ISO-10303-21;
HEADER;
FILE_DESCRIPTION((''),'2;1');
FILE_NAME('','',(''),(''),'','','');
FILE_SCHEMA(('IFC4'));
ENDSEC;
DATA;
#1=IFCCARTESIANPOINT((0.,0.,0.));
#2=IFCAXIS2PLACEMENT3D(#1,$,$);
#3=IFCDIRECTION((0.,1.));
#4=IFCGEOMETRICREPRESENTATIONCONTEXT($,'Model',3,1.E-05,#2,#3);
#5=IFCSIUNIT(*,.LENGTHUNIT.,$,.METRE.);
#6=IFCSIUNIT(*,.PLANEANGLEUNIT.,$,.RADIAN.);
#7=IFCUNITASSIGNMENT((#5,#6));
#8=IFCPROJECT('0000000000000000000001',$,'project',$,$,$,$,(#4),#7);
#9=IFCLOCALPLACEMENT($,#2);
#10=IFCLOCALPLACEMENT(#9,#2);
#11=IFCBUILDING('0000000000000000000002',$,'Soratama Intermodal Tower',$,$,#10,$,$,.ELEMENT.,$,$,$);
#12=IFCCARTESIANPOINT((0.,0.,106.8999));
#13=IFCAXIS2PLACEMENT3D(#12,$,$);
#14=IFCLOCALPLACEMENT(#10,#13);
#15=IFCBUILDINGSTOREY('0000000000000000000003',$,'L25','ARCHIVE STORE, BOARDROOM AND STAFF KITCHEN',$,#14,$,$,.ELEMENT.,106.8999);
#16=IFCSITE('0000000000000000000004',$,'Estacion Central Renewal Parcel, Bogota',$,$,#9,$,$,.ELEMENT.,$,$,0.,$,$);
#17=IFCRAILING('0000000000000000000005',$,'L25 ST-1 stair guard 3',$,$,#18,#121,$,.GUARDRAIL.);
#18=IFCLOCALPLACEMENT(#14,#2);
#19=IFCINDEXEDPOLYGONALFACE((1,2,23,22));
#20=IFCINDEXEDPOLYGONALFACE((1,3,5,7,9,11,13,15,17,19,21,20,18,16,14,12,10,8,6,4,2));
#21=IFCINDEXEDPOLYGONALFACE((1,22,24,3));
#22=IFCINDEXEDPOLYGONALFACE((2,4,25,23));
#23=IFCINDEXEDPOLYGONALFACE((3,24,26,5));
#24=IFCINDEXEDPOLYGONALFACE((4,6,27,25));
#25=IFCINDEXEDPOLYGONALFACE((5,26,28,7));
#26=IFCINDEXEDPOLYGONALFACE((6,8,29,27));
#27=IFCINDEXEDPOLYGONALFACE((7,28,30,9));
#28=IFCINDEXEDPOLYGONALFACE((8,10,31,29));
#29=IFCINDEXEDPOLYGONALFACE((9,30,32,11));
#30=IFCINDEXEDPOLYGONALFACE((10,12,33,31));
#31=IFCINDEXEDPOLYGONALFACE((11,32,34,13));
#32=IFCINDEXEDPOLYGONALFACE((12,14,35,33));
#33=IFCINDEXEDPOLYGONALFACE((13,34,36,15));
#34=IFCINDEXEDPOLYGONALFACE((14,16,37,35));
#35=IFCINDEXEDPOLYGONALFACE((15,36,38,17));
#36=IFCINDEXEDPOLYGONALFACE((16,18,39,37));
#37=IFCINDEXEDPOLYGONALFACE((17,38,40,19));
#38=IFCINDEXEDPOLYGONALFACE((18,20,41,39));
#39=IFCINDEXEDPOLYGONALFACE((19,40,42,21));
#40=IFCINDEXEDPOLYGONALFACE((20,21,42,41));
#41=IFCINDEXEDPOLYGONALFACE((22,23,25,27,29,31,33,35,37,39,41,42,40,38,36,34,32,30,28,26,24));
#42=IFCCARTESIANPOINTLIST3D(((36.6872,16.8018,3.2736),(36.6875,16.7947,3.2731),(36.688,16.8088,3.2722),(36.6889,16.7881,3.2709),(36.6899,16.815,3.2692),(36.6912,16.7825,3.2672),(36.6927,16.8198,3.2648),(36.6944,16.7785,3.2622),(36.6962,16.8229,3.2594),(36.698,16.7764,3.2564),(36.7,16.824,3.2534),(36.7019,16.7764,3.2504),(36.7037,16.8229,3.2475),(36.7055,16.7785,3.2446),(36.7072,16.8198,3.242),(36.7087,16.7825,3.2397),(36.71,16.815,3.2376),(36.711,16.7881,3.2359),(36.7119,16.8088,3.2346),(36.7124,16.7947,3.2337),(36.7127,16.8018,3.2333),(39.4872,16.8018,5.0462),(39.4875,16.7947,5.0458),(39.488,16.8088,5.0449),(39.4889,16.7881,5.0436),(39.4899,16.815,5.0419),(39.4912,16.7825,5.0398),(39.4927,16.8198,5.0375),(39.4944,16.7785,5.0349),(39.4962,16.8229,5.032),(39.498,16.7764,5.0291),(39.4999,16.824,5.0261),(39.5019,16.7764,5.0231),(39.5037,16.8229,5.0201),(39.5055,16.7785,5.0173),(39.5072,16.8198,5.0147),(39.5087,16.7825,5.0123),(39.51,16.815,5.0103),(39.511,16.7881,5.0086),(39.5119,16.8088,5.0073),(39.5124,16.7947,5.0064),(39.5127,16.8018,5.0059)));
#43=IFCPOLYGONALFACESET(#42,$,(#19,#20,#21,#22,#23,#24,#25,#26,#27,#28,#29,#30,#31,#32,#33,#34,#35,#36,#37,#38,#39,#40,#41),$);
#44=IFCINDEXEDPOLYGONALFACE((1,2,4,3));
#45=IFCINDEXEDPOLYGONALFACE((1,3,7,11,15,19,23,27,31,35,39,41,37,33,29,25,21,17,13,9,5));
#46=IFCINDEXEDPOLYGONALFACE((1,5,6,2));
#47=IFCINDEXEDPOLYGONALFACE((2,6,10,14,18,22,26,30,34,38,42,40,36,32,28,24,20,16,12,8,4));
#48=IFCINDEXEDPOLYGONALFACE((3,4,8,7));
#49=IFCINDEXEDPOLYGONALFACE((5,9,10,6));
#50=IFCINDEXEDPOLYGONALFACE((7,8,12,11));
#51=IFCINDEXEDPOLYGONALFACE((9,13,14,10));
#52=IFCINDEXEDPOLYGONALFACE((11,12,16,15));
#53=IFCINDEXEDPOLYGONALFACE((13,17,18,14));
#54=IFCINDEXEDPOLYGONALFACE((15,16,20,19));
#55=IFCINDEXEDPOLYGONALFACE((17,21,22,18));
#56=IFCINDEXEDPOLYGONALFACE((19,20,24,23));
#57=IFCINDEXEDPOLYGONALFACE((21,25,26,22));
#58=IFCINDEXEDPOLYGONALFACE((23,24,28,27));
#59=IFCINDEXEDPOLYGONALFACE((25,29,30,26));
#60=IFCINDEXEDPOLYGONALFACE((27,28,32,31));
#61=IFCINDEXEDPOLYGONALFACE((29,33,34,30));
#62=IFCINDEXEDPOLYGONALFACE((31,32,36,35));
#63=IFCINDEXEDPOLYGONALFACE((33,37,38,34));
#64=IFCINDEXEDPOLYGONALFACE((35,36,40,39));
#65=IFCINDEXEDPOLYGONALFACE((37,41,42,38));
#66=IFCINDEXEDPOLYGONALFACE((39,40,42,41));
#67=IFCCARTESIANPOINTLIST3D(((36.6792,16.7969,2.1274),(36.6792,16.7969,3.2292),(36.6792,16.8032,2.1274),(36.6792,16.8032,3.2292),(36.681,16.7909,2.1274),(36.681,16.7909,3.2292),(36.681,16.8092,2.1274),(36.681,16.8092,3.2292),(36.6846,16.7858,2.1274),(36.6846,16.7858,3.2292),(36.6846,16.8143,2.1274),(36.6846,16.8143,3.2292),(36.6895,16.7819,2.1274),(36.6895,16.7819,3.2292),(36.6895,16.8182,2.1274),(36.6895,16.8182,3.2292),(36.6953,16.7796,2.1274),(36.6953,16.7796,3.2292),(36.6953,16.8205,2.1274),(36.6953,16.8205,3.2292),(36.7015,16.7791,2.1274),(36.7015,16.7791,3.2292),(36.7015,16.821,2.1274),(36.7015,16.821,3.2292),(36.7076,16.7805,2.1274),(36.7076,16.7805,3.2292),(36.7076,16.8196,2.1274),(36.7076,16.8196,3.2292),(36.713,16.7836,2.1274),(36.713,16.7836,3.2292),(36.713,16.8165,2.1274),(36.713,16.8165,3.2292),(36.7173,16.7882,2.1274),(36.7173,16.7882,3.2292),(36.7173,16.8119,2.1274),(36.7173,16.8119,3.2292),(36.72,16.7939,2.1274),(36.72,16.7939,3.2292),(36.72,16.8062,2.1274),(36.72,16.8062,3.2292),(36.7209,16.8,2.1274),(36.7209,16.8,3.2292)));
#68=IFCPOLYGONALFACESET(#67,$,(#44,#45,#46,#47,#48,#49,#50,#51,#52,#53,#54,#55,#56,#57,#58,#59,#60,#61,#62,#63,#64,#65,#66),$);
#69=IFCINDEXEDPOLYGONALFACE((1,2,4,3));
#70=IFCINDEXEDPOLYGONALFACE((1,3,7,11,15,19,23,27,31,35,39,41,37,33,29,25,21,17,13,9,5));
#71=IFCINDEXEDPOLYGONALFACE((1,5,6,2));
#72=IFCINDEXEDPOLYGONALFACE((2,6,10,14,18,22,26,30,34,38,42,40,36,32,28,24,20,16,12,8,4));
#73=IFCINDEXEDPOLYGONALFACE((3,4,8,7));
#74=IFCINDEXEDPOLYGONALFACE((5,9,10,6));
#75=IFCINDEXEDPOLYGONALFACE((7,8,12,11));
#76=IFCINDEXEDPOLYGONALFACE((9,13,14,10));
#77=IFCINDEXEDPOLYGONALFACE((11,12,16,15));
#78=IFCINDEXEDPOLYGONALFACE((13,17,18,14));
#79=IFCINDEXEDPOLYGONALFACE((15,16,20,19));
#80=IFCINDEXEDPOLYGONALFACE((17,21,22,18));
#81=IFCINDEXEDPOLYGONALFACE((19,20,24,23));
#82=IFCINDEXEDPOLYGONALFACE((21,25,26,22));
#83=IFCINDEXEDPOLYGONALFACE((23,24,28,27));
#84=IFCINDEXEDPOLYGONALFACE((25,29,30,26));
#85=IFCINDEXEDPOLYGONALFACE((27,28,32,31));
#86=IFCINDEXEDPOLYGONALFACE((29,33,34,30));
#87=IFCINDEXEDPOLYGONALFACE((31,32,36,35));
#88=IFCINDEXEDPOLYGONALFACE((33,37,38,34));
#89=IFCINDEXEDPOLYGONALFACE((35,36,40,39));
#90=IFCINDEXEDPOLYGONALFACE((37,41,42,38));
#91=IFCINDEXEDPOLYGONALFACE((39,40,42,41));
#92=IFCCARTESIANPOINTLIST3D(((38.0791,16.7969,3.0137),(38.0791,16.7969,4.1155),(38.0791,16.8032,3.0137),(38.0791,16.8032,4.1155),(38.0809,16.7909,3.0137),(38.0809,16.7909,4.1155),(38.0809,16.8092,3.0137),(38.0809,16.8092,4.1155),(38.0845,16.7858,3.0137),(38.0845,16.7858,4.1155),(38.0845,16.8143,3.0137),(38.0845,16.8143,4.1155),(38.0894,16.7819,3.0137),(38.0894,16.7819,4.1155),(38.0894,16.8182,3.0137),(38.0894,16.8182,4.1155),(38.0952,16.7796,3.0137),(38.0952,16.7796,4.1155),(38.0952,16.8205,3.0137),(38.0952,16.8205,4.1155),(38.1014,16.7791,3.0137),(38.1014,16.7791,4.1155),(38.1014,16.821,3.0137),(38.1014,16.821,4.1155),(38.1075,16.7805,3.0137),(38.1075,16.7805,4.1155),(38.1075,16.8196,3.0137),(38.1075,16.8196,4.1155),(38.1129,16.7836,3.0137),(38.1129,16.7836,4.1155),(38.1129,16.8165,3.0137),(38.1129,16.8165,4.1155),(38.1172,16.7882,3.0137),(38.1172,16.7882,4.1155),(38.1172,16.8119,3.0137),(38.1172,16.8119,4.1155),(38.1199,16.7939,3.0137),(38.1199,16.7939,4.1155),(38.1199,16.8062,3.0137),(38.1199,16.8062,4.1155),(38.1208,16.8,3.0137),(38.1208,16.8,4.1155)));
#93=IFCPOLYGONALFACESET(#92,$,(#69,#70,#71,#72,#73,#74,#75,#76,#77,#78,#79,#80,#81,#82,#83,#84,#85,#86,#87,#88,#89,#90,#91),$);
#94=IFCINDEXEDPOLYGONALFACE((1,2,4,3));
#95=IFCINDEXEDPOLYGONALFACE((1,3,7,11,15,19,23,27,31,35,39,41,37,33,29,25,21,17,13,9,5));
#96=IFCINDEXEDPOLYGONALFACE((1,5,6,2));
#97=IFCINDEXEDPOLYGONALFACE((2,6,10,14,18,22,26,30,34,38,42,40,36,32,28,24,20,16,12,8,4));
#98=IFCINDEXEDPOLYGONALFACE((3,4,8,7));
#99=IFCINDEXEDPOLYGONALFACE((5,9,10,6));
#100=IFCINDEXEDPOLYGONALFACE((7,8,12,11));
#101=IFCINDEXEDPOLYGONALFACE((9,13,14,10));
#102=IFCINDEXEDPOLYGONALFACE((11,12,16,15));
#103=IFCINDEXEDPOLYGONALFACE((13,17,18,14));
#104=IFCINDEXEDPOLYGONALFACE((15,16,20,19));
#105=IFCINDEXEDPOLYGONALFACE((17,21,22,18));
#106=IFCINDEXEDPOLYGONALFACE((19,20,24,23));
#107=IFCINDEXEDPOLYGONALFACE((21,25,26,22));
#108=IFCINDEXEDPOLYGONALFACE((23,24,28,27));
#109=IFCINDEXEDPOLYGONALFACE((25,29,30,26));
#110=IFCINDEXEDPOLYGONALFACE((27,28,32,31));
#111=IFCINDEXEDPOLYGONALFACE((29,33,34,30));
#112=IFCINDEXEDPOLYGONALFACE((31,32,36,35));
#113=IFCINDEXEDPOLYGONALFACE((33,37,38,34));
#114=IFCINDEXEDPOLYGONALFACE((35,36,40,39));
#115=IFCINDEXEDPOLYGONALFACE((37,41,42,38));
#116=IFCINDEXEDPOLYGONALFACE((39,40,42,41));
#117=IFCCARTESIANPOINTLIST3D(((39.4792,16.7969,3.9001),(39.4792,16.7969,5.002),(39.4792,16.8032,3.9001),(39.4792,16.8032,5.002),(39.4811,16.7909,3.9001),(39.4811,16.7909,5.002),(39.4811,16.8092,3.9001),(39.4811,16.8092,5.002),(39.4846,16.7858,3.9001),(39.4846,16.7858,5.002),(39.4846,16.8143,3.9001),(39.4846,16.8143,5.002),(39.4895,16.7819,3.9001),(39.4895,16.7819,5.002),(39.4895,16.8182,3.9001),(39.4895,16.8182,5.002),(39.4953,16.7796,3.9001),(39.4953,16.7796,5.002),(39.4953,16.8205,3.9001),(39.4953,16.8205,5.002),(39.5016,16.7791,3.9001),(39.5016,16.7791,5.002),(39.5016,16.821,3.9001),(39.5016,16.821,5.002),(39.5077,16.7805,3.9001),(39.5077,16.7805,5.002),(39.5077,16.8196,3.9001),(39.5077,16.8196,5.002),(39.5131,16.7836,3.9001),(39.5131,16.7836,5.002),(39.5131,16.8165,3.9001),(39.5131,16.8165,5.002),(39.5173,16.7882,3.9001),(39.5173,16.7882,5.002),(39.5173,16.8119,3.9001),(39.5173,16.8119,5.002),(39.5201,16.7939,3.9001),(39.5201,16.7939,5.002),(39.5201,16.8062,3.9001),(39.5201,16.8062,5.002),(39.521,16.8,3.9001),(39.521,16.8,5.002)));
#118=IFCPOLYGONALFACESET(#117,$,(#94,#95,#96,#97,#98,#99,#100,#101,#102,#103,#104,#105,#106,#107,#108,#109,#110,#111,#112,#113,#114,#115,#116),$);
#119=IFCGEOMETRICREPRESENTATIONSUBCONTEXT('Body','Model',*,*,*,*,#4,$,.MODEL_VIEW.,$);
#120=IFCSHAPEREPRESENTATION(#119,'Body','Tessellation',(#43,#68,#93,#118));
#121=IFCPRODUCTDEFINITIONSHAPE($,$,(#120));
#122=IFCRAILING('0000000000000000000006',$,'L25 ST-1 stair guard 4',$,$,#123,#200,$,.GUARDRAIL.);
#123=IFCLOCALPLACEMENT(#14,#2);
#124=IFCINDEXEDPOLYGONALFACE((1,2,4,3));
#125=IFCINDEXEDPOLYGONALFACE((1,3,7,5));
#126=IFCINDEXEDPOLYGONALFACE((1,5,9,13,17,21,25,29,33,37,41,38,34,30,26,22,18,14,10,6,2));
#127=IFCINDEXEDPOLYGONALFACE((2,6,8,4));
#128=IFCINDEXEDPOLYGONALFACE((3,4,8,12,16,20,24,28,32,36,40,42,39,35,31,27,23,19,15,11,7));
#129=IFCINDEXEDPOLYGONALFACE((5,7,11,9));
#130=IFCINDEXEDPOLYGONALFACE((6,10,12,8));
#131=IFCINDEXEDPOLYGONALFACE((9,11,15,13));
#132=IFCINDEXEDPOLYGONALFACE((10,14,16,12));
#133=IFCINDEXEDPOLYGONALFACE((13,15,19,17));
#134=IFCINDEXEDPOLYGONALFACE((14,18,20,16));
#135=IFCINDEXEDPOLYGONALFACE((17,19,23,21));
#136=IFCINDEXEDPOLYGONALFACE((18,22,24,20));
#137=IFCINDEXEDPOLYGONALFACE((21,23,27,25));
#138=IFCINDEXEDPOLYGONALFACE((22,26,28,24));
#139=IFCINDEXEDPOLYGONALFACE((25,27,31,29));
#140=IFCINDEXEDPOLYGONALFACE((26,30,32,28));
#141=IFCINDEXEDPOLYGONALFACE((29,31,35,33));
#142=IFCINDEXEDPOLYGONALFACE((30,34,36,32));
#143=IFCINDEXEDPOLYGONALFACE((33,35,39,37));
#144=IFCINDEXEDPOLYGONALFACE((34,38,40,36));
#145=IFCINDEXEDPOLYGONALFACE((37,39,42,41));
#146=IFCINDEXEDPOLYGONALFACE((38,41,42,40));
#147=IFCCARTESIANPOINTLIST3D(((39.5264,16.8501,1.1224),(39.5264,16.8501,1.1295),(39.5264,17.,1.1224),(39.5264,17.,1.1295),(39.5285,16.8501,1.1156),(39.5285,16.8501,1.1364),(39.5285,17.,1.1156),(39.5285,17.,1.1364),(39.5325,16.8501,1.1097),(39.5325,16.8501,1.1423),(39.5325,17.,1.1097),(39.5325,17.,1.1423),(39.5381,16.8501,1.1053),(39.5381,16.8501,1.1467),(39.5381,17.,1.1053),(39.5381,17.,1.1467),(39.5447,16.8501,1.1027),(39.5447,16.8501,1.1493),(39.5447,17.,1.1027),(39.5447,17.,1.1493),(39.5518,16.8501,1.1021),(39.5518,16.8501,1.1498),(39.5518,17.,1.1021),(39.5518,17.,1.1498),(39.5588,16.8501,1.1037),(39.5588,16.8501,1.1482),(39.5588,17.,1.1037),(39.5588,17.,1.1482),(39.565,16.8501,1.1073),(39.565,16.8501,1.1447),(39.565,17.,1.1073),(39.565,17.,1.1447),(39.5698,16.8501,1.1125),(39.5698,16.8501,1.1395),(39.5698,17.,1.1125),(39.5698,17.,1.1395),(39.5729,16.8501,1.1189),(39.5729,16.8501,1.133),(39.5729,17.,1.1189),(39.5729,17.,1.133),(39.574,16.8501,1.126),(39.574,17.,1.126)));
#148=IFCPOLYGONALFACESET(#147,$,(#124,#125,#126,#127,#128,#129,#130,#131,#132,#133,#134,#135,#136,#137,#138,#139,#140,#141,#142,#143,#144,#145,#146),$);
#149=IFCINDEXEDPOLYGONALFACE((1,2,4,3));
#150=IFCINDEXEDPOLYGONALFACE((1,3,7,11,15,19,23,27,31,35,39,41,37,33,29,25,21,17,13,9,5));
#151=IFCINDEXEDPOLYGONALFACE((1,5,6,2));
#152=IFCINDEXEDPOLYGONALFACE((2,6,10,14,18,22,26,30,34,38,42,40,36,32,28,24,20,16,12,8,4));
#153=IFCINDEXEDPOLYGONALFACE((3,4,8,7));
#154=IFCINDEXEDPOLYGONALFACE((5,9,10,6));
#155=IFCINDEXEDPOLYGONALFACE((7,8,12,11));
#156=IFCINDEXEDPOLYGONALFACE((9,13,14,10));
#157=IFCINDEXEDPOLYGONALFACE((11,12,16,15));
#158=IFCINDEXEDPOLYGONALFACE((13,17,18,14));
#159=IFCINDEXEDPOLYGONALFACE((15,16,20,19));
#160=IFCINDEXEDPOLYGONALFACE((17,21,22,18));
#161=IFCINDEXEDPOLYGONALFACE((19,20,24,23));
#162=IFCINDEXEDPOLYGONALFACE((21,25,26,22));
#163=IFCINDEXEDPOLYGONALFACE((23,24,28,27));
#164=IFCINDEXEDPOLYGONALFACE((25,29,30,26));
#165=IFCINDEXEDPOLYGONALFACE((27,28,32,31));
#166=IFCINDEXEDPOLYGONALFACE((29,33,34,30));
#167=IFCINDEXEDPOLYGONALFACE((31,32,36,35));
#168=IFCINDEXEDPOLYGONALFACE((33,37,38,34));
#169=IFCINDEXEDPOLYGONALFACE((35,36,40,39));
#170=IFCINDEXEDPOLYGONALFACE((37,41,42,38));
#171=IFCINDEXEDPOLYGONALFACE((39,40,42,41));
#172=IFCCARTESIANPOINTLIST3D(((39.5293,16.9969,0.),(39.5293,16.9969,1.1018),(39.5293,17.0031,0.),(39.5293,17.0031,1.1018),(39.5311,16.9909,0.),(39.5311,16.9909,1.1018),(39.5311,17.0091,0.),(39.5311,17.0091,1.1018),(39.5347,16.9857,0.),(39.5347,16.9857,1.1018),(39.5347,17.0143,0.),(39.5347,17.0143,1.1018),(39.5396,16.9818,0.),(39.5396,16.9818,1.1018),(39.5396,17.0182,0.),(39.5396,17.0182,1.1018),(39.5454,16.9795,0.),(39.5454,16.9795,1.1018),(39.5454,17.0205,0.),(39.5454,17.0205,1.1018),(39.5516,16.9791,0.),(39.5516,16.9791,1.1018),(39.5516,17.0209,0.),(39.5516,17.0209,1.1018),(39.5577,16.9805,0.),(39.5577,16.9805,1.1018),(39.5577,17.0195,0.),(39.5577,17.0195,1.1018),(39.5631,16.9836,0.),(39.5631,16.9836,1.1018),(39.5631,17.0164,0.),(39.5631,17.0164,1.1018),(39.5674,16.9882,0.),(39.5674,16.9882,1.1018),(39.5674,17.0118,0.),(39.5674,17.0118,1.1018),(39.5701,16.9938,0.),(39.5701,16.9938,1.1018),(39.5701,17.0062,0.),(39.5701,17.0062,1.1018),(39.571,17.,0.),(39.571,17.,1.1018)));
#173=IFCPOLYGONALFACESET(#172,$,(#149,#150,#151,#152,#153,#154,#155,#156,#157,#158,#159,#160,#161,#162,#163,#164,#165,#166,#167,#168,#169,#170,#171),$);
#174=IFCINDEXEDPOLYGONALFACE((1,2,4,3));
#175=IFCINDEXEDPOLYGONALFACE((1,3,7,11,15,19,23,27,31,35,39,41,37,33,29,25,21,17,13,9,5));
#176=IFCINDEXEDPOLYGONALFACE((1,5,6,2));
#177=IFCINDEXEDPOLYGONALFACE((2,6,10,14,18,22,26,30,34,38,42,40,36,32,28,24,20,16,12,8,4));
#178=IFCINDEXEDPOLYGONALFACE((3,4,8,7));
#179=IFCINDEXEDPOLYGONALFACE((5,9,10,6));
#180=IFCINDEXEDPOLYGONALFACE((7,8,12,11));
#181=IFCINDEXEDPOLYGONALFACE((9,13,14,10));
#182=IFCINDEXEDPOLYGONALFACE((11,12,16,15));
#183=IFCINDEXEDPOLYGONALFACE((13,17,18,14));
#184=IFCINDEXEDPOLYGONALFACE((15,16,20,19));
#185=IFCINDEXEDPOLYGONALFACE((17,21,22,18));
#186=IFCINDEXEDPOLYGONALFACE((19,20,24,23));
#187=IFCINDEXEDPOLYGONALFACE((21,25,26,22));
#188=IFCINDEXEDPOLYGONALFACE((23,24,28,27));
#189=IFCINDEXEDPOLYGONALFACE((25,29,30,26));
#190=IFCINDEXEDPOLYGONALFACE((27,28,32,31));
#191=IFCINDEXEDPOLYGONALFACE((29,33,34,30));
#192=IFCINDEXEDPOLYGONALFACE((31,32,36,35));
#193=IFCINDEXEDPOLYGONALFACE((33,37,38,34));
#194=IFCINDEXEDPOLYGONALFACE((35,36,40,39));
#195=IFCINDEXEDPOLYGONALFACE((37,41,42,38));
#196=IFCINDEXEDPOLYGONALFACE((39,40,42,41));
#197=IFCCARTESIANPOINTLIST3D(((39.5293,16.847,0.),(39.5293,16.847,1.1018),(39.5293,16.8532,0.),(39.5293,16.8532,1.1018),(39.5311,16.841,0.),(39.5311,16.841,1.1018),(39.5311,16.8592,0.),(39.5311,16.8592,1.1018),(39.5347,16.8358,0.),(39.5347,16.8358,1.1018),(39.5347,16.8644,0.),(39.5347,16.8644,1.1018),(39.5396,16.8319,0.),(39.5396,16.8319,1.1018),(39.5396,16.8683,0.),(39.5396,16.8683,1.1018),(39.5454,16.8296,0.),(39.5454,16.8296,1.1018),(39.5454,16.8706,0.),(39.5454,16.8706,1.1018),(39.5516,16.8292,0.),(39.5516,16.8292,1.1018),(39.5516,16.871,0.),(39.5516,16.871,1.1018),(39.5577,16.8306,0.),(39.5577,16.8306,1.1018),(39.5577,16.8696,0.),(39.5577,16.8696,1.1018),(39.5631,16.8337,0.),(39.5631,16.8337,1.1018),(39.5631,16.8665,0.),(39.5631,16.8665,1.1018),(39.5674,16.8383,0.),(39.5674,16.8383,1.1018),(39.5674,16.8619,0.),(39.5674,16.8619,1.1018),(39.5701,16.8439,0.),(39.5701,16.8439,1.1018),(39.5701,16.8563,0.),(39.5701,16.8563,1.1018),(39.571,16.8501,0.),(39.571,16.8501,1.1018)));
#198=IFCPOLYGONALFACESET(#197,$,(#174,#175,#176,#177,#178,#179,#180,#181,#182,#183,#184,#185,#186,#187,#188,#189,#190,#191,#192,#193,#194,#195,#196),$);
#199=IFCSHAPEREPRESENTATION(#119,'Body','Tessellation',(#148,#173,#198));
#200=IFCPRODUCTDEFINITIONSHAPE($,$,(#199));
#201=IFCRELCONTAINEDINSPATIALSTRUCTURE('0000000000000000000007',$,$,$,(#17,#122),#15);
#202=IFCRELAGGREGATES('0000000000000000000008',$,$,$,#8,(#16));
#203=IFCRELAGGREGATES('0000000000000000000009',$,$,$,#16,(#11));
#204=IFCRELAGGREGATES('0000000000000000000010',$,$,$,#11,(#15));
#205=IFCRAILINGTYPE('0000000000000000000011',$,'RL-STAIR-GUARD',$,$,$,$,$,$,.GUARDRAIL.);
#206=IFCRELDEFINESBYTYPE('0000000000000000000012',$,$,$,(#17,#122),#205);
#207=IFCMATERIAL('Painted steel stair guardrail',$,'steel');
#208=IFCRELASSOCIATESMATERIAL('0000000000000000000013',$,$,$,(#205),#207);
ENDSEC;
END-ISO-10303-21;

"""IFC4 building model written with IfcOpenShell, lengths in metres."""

from ifc_helpers import new_model, si_unit, direction, frame, origin, origin_2d, place, context, subcontext, project, spatial, circle, extrude, material, type_object, element, save


model = new_model("IFC4")

# Units and contexts
model_context = context("Model", 3, precision=1e-05, world=origin(), true_north=direction((0.0, 1.0)))
body_context = subcontext(model_context, "Body", "Model", "MODEL_VIEW")
ifc_project = project(units=[si_unit("LENGTHUNIT", "METRE"), si_unit("PLANEANGLEUNIT", "RADIAN")], contexts=[model_context])

# Site, building, storey
site_placement = place(None, origin())
site = spatial("IfcSite", under=ifc_project, at=site_placement, Name="Estacion Central Renewal Parcel, Bogota", CompositionType="ELEMENT", RefElevation=0.0)
building_placement = place(site_placement, origin())
building = spatial("IfcBuilding", under=site, at=building_placement, Name="Soratama Intermodal Tower", CompositionType="ELEMENT")
storey_placement = place(building_placement, frame((0.0, 0.0, 106.8999)))
storey = spatial("IfcBuildingStorey", under=building, at=storey_placement, Name="L25", Description="ARCHIVE STORE, BOARDROOM AND STAFF KITCHEN", CompositionType="ELEMENT", Elevation=106.8999)

# Railings
ifc_material_1 = material(Name="Painted steel stair guardrail", Category="steel")
railing_type_1 = type_object("IfcRailingType", Name="RL-STAIR-GUARD", PredefinedType="GUARDRAIL", material=ifc_material_1)
railing_1_placement = place(storey_placement, frame((36.7, 16.8, 2.1274)))
element("IfcRailing", 1, at=railing_1_placement, inside=storey, type_object=railing_type_1, Name="L25 ST-1 stair guard 3", PredefinedType="GUARDRAIL", context=body_context, shape_type="SweptSolid", body=[
    extrude(circle(Radius=0.0239, at=origin_2d()), frame((0.0, 0.0, 1.126), z_axis=(0.844909, 0.0, 0.53491), x_axis=(0.0, 1.0, 0.0)), (0.0, 0.0, 1.0), 3.314),
    extrude(circle(Radius=0.021, at=origin_2d()), origin(), (0.0, 0.0, 1.0), 1.1018),
    extrude(circle(Radius=0.021, at=origin_2d()), frame((1.3999, 0.0, 0.8862)), (0.0, 0.0, 1.0), 1.1018),
    extrude(circle(Radius=0.021, at=origin_2d()), frame((2.8, 0.0, 1.7727)), (0.0, 0.0, 1.0), 1.1018),
])
railing_2_placement = place(storey_placement, frame((39.55, 17.0, 0.0)))
element("IfcRailing", 2, at=railing_2_placement, inside=storey, type_object=railing_type_1, Name="L25 ST-1 stair guard 4", PredefinedType="GUARDRAIL", context=body_context, shape_type="SweptSolid", body=[
    extrude(circle(Radius=0.0239, at=origin_2d()), frame((0.0, 0.0, 1.126), z_axis=(0.0, -1.0, 0.0), x_axis=(1.0, 0.0, 0.0)), (0.0, 0.0, 1.0), 0.1499),
    extrude(circle(Radius=0.021, at=origin_2d()), origin(), (0.0, 0.0, 1.0), 1.1018),
    extrude(circle(Radius=0.021, at=origin_2d()), frame((0.0, -0.1499, 0.0)), (0.0, 0.0, 1.0), 1.1018),
])

save(model, "model.ifc")
